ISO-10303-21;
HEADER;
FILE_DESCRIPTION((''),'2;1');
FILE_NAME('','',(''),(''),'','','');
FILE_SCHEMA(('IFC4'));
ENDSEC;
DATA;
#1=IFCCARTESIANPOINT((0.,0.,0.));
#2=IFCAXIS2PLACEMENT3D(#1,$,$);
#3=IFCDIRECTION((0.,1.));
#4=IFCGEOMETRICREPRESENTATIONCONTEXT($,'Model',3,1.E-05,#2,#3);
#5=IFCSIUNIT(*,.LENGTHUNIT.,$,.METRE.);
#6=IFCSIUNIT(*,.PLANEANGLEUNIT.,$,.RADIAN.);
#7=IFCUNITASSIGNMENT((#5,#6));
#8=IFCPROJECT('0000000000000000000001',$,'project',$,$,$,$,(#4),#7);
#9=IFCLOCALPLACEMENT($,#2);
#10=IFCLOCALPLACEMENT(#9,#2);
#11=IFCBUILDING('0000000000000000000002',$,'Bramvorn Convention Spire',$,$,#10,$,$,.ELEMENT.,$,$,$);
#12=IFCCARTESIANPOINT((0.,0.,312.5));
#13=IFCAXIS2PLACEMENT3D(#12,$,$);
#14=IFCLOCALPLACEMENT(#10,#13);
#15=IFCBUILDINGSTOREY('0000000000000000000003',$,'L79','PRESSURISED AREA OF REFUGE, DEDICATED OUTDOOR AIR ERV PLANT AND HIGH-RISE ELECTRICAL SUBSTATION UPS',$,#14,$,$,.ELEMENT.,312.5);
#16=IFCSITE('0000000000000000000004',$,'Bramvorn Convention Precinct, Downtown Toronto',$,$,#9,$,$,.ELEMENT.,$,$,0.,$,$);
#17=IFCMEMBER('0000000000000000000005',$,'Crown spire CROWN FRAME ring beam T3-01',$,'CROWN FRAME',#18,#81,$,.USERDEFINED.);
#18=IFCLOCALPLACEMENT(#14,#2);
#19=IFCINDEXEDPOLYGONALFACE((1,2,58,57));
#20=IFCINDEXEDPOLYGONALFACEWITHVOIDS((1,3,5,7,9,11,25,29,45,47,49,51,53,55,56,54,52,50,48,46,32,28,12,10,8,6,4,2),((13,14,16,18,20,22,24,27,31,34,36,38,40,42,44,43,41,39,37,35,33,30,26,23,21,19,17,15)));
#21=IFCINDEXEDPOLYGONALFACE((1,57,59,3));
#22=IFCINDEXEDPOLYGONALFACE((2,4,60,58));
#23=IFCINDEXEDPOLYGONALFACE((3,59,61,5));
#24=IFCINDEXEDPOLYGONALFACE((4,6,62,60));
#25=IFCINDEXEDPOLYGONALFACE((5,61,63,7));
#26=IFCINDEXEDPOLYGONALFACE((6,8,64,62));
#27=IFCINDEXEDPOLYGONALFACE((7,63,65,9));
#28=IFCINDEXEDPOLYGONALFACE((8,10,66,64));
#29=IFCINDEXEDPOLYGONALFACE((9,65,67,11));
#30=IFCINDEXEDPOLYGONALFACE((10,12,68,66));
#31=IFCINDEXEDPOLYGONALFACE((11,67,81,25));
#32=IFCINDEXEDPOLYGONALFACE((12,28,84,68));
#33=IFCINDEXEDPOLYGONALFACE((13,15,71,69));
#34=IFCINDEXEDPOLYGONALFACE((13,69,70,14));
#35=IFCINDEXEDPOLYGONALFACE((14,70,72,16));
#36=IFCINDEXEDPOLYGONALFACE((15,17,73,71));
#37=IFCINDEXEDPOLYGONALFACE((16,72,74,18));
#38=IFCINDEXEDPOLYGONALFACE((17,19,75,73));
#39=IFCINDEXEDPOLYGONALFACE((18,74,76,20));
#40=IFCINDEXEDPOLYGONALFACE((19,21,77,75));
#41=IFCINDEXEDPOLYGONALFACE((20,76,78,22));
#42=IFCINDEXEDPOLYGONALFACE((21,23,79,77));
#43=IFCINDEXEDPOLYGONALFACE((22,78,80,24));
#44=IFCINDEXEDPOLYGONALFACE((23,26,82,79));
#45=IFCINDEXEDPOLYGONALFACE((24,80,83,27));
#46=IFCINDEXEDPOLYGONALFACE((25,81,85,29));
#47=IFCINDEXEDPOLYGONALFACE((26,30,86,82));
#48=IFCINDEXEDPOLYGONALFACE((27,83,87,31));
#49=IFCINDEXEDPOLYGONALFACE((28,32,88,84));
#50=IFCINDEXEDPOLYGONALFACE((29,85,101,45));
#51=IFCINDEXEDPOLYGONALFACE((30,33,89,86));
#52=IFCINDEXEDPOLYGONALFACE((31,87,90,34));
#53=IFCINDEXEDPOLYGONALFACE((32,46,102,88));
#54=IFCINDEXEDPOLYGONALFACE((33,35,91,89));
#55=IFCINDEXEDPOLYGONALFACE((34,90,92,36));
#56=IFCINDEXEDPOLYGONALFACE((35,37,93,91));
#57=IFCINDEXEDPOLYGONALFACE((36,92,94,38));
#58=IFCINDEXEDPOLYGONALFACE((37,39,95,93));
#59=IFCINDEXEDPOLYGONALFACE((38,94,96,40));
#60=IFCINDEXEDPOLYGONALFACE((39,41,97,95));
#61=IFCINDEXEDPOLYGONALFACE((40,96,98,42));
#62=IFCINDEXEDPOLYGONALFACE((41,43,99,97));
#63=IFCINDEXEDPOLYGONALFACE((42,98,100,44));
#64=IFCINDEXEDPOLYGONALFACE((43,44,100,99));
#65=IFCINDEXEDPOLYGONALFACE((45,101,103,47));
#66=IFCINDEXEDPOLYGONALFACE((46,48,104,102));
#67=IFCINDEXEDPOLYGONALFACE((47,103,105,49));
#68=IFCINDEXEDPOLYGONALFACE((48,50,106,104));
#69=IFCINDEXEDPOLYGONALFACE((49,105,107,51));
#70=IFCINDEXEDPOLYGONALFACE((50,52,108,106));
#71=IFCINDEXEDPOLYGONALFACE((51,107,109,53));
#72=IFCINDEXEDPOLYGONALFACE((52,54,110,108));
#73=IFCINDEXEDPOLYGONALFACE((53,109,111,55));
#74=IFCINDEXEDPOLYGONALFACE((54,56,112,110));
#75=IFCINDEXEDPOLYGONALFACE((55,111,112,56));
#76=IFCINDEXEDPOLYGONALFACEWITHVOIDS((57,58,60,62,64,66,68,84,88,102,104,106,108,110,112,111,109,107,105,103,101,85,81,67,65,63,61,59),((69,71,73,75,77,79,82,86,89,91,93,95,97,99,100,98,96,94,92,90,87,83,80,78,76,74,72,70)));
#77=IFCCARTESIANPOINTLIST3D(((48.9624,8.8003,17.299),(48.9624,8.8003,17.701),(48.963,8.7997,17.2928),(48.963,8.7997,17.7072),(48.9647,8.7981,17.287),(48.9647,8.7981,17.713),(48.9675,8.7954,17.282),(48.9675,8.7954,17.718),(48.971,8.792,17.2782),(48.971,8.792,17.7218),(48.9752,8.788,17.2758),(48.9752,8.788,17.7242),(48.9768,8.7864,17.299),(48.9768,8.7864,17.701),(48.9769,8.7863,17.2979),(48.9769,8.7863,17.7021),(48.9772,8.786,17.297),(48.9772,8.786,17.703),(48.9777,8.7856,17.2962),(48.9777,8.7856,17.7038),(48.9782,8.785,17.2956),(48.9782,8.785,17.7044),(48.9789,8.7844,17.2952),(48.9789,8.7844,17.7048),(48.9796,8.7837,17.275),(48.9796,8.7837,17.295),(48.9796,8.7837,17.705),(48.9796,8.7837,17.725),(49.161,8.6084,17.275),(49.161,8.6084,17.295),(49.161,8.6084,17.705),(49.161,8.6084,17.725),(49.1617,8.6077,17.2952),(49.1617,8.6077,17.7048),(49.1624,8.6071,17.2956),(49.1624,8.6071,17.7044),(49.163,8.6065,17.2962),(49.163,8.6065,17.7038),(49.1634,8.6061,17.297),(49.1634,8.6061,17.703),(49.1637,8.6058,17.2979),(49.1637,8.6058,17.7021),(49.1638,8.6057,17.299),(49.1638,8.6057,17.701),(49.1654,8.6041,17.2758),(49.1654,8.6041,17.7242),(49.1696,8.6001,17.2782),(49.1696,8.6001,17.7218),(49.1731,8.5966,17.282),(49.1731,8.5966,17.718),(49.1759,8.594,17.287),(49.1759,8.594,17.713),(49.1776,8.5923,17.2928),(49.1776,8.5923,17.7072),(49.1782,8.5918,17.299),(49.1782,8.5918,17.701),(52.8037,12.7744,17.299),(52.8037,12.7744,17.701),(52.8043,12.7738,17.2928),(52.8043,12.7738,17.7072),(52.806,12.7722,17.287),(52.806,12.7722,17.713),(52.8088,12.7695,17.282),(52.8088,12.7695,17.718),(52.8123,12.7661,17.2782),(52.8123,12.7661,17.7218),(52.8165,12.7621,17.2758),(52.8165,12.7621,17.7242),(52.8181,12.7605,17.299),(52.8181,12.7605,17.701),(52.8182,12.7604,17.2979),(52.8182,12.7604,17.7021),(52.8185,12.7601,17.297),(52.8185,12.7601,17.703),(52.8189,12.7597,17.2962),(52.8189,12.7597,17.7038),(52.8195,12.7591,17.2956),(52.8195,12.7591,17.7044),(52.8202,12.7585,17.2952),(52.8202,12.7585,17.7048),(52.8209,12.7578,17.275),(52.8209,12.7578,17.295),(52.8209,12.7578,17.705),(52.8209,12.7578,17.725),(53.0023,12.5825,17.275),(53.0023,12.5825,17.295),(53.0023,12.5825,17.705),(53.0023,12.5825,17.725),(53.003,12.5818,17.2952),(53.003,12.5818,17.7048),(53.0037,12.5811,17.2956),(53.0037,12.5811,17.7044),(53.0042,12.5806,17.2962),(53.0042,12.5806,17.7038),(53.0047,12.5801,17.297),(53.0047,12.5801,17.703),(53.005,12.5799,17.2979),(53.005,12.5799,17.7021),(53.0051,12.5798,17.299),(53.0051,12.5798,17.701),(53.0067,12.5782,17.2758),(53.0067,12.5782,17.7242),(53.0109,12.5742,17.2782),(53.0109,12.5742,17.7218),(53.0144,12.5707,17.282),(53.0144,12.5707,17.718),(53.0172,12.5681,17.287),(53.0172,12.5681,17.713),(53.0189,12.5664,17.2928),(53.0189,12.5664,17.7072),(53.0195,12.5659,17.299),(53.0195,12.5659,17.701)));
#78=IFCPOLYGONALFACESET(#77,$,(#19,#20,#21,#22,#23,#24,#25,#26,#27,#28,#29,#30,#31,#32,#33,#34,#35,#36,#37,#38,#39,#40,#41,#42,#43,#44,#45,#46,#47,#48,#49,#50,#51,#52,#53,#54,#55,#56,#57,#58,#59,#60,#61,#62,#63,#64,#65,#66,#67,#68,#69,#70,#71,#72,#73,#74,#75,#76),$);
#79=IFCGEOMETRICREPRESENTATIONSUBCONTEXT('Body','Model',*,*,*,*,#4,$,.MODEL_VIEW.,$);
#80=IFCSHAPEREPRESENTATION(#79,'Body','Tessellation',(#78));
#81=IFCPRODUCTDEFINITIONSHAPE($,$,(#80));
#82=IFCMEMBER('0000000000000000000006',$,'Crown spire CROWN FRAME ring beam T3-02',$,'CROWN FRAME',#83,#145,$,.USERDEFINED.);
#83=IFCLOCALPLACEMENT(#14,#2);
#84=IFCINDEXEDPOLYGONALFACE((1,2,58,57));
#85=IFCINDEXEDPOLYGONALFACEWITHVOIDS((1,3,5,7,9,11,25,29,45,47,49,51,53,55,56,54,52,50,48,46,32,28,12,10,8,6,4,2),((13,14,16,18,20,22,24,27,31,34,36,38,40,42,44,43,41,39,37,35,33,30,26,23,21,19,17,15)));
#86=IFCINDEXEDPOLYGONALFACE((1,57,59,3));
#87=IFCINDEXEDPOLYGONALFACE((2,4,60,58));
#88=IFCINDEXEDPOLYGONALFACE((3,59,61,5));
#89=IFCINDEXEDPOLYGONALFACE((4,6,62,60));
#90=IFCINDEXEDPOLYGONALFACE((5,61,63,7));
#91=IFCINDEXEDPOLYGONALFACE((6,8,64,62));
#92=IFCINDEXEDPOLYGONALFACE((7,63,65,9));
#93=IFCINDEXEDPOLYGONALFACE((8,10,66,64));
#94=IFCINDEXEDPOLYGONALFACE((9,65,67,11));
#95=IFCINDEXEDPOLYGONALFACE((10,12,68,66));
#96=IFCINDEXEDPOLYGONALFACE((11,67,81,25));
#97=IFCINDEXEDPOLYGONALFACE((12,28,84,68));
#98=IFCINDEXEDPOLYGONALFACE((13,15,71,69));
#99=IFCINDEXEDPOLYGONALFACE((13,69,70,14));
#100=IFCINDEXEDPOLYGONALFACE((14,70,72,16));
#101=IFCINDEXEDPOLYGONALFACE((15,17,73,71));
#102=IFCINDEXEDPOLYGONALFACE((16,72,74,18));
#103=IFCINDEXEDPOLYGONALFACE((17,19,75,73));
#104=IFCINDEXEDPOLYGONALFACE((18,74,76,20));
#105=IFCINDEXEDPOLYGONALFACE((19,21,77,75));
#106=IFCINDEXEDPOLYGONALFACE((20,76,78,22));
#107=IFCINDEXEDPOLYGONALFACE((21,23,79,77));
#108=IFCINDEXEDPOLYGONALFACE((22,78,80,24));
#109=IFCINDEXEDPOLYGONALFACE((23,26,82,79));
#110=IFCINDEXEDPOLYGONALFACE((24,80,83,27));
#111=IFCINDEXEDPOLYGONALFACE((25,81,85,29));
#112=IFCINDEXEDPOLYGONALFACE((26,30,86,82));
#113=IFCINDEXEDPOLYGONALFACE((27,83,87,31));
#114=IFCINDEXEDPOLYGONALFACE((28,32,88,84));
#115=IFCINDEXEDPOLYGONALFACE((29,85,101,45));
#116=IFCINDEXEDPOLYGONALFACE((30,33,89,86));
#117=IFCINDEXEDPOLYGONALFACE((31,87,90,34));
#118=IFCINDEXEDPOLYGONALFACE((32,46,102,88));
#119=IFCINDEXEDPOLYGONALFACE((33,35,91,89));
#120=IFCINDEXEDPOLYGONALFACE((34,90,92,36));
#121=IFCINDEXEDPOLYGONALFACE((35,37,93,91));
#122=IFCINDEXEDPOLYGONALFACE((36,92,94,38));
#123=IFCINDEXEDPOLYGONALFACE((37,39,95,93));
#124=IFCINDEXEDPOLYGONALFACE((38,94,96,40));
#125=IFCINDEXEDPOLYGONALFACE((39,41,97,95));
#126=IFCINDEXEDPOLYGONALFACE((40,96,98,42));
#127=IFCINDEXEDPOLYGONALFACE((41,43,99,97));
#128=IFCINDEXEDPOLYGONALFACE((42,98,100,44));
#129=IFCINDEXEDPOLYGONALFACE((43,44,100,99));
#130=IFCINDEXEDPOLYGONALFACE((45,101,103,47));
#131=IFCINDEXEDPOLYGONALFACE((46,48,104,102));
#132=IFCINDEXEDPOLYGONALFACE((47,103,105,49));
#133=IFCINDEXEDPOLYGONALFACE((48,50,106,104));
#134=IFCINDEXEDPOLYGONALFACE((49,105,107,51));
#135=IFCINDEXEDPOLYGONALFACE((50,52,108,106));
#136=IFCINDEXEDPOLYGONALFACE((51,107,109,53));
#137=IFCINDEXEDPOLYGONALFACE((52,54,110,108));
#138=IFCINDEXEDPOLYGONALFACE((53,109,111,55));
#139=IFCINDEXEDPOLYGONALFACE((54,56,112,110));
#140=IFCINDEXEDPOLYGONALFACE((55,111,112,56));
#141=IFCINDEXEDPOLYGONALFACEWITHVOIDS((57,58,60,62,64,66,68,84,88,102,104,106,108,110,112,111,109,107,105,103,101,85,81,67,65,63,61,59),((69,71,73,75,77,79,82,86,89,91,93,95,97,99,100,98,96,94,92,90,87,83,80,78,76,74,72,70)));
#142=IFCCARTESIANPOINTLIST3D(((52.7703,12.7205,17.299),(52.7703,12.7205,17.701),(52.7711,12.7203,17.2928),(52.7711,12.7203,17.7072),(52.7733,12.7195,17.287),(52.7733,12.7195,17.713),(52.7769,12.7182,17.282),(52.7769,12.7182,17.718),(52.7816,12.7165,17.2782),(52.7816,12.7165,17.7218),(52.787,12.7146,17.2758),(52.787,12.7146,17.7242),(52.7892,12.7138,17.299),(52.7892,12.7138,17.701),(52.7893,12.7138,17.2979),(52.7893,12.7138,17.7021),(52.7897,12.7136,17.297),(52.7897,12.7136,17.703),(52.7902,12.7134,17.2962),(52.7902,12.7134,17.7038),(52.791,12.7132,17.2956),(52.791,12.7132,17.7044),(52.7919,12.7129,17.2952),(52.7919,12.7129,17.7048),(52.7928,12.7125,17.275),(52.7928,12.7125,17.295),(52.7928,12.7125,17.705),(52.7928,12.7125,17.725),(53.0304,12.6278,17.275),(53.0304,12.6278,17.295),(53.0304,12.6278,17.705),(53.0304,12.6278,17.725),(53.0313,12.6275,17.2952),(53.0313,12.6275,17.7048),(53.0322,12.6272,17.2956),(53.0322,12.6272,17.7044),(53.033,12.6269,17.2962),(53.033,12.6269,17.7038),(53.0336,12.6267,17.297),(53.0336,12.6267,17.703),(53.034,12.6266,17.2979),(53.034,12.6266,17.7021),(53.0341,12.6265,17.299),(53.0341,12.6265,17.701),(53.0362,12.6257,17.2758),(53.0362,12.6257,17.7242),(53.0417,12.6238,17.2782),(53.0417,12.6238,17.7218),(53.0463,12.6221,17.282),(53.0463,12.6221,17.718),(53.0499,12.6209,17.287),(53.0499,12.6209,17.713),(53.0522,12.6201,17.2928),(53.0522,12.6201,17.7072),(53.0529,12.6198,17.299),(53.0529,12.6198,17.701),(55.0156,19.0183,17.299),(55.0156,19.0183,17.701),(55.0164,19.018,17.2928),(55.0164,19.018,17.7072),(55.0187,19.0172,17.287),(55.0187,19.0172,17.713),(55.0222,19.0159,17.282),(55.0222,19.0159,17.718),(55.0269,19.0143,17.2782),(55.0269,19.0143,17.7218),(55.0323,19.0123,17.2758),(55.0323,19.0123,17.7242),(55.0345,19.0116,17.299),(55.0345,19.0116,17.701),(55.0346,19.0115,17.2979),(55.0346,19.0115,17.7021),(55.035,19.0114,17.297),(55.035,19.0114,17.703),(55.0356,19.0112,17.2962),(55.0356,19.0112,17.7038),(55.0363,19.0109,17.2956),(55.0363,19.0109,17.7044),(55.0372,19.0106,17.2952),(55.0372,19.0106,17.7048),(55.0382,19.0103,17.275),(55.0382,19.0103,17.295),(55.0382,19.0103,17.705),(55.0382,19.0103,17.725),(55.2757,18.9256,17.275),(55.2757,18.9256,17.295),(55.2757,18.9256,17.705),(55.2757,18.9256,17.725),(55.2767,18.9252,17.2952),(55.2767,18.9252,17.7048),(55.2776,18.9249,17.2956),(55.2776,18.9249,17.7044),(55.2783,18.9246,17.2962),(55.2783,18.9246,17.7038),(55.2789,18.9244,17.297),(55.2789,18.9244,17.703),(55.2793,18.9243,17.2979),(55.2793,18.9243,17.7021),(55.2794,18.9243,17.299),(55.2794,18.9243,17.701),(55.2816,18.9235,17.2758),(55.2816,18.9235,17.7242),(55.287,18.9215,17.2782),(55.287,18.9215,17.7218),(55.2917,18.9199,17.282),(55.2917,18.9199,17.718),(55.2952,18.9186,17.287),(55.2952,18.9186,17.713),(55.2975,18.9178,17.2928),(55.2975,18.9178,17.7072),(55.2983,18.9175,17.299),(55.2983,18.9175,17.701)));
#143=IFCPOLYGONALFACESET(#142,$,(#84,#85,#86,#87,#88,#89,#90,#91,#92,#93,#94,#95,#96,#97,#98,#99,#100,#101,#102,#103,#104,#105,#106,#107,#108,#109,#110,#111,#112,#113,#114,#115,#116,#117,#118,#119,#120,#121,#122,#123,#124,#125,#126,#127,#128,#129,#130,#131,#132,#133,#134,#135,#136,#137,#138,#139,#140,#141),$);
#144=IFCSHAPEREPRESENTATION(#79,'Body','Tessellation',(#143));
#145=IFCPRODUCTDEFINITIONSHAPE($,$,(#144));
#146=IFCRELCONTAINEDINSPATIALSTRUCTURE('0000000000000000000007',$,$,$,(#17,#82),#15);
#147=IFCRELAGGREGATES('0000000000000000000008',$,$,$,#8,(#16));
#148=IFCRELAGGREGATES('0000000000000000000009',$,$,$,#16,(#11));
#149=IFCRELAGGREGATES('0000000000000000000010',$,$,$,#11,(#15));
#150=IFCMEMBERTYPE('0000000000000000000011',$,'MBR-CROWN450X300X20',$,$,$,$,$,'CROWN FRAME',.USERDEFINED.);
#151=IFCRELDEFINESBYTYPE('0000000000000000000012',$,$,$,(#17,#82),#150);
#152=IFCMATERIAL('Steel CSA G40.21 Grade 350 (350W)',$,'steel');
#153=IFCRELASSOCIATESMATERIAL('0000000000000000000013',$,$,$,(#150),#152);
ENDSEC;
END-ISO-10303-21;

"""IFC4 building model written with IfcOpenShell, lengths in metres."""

from ifc_helpers import new_model, si_unit, direction, frame, origin, origin_2d, place, context, subcontext, project, spatial, hollow_rectangle, extrude, material, material_profile, profile_set, type_object, element, save


model = new_model("IFC4")

# Units and contexts
model_context = context("Model", 3, precision=1e-05, world=origin(), true_north=direction((0.0, 1.0)))
body_context = subcontext(model_context, "Body", "Model", "MODEL_VIEW")
ifc_project = project(units=[si_unit("LENGTHUNIT", "METRE"), si_unit("PLANEANGLEUNIT", "RADIAN")], contexts=[model_context])

# Site, building, storey
site_placement = place(None, origin())
site = spatial("IfcSite", under=ifc_project, at=site_placement, Name="Bramvorn Convention Precinct, Downtown Toronto", CompositionType="ELEMENT", RefElevation=0.0)
building_placement = place(site_placement, origin())
building = spatial("IfcBuilding", under=site, at=building_placement, Name="Bramvorn Convention Spire", CompositionType="ELEMENT")
storey_placement = place(building_placement, frame((0.0, 0.0, 312.5)))
storey = spatial("IfcBuildingStorey", under=building, at=storey_placement, Name="L79", Description="PRESSURISED AREA OF REFUGE, DEDICATED OUTDOOR AIR ERV PLANT AND HIGH-RISE ELECTRICAL SUBSTATION UPS", CompositionType="ELEMENT", Elevation=312.5)

# Members
ifc_material_1 = material(Name="Steel CSA G40.21 Grade 350 (350W)", Category="steel")
ifc_material_profile = material_profile(ifc_material_1, hollow_rectangle(XDim=0.3, YDim=0.45, WallThickness=0.02, InnerFilletRadius=0.0039, OuterFilletRadius=0.0239, at=origin_2d()))
ifc_profile_set = profile_set([ifc_material_profile], Name="Steel CSA G40.21 Grade 350 (350W) - CROWN450X300X20")
member_type = type_object("IfcMemberType", Name="MBR-CROWN450X300X20", ElementType="CROWN FRAME", PredefinedType="USERDEFINED", material=ifc_profile_set)
member_1_placement = place(storey_placement, frame((49.0703, 8.696, 17.5), z_axis=(0.69499, 0.719019, 0.0), x_axis=(-0.719019, 0.69499, 0.0)))
element("IfcMember", 1, at=member_1_placement, inside=storey, type_object=member_type, Name="Crown spire CROWN FRAME ring beam T3-01", ObjectType="CROWN FRAME", PredefinedType="USERDEFINED", context=body_context, shape_type="SweptSolid", body=[
    extrude(hollow_rectangle(XDim=0.3, YDim=0.45, WallThickness=0.02, InnerFilletRadius=0.0039, OuterFilletRadius=0.0239, at=origin_2d()), origin(), (0.0, 0.0, 1.0), 5.5271),
])
member_2_placement = place(storey_placement, frame((52.9116, 12.6702, 17.5), z_axis=(0.335823, 0.941925, 0.0), x_axis=(-0.941925, 0.335823, 0.0)))
element("IfcMember", 2, at=member_2_placement, inside=storey, type_object=member_type, Name="Crown spire CROWN FRAME ring beam T3-02", ObjectType="CROWN FRAME", PredefinedType="USERDEFINED", context=body_context, shape_type="SweptSolid", body=[
    extrude(hollow_rectangle(XDim=0.3, YDim=0.45, WallThickness=0.02, InnerFilletRadius=0.0039, OuterFilletRadius=0.0239, at=origin_2d()), origin(), (0.0, 0.0, 1.0), 6.686),
])

save(model, "model.ifc")
